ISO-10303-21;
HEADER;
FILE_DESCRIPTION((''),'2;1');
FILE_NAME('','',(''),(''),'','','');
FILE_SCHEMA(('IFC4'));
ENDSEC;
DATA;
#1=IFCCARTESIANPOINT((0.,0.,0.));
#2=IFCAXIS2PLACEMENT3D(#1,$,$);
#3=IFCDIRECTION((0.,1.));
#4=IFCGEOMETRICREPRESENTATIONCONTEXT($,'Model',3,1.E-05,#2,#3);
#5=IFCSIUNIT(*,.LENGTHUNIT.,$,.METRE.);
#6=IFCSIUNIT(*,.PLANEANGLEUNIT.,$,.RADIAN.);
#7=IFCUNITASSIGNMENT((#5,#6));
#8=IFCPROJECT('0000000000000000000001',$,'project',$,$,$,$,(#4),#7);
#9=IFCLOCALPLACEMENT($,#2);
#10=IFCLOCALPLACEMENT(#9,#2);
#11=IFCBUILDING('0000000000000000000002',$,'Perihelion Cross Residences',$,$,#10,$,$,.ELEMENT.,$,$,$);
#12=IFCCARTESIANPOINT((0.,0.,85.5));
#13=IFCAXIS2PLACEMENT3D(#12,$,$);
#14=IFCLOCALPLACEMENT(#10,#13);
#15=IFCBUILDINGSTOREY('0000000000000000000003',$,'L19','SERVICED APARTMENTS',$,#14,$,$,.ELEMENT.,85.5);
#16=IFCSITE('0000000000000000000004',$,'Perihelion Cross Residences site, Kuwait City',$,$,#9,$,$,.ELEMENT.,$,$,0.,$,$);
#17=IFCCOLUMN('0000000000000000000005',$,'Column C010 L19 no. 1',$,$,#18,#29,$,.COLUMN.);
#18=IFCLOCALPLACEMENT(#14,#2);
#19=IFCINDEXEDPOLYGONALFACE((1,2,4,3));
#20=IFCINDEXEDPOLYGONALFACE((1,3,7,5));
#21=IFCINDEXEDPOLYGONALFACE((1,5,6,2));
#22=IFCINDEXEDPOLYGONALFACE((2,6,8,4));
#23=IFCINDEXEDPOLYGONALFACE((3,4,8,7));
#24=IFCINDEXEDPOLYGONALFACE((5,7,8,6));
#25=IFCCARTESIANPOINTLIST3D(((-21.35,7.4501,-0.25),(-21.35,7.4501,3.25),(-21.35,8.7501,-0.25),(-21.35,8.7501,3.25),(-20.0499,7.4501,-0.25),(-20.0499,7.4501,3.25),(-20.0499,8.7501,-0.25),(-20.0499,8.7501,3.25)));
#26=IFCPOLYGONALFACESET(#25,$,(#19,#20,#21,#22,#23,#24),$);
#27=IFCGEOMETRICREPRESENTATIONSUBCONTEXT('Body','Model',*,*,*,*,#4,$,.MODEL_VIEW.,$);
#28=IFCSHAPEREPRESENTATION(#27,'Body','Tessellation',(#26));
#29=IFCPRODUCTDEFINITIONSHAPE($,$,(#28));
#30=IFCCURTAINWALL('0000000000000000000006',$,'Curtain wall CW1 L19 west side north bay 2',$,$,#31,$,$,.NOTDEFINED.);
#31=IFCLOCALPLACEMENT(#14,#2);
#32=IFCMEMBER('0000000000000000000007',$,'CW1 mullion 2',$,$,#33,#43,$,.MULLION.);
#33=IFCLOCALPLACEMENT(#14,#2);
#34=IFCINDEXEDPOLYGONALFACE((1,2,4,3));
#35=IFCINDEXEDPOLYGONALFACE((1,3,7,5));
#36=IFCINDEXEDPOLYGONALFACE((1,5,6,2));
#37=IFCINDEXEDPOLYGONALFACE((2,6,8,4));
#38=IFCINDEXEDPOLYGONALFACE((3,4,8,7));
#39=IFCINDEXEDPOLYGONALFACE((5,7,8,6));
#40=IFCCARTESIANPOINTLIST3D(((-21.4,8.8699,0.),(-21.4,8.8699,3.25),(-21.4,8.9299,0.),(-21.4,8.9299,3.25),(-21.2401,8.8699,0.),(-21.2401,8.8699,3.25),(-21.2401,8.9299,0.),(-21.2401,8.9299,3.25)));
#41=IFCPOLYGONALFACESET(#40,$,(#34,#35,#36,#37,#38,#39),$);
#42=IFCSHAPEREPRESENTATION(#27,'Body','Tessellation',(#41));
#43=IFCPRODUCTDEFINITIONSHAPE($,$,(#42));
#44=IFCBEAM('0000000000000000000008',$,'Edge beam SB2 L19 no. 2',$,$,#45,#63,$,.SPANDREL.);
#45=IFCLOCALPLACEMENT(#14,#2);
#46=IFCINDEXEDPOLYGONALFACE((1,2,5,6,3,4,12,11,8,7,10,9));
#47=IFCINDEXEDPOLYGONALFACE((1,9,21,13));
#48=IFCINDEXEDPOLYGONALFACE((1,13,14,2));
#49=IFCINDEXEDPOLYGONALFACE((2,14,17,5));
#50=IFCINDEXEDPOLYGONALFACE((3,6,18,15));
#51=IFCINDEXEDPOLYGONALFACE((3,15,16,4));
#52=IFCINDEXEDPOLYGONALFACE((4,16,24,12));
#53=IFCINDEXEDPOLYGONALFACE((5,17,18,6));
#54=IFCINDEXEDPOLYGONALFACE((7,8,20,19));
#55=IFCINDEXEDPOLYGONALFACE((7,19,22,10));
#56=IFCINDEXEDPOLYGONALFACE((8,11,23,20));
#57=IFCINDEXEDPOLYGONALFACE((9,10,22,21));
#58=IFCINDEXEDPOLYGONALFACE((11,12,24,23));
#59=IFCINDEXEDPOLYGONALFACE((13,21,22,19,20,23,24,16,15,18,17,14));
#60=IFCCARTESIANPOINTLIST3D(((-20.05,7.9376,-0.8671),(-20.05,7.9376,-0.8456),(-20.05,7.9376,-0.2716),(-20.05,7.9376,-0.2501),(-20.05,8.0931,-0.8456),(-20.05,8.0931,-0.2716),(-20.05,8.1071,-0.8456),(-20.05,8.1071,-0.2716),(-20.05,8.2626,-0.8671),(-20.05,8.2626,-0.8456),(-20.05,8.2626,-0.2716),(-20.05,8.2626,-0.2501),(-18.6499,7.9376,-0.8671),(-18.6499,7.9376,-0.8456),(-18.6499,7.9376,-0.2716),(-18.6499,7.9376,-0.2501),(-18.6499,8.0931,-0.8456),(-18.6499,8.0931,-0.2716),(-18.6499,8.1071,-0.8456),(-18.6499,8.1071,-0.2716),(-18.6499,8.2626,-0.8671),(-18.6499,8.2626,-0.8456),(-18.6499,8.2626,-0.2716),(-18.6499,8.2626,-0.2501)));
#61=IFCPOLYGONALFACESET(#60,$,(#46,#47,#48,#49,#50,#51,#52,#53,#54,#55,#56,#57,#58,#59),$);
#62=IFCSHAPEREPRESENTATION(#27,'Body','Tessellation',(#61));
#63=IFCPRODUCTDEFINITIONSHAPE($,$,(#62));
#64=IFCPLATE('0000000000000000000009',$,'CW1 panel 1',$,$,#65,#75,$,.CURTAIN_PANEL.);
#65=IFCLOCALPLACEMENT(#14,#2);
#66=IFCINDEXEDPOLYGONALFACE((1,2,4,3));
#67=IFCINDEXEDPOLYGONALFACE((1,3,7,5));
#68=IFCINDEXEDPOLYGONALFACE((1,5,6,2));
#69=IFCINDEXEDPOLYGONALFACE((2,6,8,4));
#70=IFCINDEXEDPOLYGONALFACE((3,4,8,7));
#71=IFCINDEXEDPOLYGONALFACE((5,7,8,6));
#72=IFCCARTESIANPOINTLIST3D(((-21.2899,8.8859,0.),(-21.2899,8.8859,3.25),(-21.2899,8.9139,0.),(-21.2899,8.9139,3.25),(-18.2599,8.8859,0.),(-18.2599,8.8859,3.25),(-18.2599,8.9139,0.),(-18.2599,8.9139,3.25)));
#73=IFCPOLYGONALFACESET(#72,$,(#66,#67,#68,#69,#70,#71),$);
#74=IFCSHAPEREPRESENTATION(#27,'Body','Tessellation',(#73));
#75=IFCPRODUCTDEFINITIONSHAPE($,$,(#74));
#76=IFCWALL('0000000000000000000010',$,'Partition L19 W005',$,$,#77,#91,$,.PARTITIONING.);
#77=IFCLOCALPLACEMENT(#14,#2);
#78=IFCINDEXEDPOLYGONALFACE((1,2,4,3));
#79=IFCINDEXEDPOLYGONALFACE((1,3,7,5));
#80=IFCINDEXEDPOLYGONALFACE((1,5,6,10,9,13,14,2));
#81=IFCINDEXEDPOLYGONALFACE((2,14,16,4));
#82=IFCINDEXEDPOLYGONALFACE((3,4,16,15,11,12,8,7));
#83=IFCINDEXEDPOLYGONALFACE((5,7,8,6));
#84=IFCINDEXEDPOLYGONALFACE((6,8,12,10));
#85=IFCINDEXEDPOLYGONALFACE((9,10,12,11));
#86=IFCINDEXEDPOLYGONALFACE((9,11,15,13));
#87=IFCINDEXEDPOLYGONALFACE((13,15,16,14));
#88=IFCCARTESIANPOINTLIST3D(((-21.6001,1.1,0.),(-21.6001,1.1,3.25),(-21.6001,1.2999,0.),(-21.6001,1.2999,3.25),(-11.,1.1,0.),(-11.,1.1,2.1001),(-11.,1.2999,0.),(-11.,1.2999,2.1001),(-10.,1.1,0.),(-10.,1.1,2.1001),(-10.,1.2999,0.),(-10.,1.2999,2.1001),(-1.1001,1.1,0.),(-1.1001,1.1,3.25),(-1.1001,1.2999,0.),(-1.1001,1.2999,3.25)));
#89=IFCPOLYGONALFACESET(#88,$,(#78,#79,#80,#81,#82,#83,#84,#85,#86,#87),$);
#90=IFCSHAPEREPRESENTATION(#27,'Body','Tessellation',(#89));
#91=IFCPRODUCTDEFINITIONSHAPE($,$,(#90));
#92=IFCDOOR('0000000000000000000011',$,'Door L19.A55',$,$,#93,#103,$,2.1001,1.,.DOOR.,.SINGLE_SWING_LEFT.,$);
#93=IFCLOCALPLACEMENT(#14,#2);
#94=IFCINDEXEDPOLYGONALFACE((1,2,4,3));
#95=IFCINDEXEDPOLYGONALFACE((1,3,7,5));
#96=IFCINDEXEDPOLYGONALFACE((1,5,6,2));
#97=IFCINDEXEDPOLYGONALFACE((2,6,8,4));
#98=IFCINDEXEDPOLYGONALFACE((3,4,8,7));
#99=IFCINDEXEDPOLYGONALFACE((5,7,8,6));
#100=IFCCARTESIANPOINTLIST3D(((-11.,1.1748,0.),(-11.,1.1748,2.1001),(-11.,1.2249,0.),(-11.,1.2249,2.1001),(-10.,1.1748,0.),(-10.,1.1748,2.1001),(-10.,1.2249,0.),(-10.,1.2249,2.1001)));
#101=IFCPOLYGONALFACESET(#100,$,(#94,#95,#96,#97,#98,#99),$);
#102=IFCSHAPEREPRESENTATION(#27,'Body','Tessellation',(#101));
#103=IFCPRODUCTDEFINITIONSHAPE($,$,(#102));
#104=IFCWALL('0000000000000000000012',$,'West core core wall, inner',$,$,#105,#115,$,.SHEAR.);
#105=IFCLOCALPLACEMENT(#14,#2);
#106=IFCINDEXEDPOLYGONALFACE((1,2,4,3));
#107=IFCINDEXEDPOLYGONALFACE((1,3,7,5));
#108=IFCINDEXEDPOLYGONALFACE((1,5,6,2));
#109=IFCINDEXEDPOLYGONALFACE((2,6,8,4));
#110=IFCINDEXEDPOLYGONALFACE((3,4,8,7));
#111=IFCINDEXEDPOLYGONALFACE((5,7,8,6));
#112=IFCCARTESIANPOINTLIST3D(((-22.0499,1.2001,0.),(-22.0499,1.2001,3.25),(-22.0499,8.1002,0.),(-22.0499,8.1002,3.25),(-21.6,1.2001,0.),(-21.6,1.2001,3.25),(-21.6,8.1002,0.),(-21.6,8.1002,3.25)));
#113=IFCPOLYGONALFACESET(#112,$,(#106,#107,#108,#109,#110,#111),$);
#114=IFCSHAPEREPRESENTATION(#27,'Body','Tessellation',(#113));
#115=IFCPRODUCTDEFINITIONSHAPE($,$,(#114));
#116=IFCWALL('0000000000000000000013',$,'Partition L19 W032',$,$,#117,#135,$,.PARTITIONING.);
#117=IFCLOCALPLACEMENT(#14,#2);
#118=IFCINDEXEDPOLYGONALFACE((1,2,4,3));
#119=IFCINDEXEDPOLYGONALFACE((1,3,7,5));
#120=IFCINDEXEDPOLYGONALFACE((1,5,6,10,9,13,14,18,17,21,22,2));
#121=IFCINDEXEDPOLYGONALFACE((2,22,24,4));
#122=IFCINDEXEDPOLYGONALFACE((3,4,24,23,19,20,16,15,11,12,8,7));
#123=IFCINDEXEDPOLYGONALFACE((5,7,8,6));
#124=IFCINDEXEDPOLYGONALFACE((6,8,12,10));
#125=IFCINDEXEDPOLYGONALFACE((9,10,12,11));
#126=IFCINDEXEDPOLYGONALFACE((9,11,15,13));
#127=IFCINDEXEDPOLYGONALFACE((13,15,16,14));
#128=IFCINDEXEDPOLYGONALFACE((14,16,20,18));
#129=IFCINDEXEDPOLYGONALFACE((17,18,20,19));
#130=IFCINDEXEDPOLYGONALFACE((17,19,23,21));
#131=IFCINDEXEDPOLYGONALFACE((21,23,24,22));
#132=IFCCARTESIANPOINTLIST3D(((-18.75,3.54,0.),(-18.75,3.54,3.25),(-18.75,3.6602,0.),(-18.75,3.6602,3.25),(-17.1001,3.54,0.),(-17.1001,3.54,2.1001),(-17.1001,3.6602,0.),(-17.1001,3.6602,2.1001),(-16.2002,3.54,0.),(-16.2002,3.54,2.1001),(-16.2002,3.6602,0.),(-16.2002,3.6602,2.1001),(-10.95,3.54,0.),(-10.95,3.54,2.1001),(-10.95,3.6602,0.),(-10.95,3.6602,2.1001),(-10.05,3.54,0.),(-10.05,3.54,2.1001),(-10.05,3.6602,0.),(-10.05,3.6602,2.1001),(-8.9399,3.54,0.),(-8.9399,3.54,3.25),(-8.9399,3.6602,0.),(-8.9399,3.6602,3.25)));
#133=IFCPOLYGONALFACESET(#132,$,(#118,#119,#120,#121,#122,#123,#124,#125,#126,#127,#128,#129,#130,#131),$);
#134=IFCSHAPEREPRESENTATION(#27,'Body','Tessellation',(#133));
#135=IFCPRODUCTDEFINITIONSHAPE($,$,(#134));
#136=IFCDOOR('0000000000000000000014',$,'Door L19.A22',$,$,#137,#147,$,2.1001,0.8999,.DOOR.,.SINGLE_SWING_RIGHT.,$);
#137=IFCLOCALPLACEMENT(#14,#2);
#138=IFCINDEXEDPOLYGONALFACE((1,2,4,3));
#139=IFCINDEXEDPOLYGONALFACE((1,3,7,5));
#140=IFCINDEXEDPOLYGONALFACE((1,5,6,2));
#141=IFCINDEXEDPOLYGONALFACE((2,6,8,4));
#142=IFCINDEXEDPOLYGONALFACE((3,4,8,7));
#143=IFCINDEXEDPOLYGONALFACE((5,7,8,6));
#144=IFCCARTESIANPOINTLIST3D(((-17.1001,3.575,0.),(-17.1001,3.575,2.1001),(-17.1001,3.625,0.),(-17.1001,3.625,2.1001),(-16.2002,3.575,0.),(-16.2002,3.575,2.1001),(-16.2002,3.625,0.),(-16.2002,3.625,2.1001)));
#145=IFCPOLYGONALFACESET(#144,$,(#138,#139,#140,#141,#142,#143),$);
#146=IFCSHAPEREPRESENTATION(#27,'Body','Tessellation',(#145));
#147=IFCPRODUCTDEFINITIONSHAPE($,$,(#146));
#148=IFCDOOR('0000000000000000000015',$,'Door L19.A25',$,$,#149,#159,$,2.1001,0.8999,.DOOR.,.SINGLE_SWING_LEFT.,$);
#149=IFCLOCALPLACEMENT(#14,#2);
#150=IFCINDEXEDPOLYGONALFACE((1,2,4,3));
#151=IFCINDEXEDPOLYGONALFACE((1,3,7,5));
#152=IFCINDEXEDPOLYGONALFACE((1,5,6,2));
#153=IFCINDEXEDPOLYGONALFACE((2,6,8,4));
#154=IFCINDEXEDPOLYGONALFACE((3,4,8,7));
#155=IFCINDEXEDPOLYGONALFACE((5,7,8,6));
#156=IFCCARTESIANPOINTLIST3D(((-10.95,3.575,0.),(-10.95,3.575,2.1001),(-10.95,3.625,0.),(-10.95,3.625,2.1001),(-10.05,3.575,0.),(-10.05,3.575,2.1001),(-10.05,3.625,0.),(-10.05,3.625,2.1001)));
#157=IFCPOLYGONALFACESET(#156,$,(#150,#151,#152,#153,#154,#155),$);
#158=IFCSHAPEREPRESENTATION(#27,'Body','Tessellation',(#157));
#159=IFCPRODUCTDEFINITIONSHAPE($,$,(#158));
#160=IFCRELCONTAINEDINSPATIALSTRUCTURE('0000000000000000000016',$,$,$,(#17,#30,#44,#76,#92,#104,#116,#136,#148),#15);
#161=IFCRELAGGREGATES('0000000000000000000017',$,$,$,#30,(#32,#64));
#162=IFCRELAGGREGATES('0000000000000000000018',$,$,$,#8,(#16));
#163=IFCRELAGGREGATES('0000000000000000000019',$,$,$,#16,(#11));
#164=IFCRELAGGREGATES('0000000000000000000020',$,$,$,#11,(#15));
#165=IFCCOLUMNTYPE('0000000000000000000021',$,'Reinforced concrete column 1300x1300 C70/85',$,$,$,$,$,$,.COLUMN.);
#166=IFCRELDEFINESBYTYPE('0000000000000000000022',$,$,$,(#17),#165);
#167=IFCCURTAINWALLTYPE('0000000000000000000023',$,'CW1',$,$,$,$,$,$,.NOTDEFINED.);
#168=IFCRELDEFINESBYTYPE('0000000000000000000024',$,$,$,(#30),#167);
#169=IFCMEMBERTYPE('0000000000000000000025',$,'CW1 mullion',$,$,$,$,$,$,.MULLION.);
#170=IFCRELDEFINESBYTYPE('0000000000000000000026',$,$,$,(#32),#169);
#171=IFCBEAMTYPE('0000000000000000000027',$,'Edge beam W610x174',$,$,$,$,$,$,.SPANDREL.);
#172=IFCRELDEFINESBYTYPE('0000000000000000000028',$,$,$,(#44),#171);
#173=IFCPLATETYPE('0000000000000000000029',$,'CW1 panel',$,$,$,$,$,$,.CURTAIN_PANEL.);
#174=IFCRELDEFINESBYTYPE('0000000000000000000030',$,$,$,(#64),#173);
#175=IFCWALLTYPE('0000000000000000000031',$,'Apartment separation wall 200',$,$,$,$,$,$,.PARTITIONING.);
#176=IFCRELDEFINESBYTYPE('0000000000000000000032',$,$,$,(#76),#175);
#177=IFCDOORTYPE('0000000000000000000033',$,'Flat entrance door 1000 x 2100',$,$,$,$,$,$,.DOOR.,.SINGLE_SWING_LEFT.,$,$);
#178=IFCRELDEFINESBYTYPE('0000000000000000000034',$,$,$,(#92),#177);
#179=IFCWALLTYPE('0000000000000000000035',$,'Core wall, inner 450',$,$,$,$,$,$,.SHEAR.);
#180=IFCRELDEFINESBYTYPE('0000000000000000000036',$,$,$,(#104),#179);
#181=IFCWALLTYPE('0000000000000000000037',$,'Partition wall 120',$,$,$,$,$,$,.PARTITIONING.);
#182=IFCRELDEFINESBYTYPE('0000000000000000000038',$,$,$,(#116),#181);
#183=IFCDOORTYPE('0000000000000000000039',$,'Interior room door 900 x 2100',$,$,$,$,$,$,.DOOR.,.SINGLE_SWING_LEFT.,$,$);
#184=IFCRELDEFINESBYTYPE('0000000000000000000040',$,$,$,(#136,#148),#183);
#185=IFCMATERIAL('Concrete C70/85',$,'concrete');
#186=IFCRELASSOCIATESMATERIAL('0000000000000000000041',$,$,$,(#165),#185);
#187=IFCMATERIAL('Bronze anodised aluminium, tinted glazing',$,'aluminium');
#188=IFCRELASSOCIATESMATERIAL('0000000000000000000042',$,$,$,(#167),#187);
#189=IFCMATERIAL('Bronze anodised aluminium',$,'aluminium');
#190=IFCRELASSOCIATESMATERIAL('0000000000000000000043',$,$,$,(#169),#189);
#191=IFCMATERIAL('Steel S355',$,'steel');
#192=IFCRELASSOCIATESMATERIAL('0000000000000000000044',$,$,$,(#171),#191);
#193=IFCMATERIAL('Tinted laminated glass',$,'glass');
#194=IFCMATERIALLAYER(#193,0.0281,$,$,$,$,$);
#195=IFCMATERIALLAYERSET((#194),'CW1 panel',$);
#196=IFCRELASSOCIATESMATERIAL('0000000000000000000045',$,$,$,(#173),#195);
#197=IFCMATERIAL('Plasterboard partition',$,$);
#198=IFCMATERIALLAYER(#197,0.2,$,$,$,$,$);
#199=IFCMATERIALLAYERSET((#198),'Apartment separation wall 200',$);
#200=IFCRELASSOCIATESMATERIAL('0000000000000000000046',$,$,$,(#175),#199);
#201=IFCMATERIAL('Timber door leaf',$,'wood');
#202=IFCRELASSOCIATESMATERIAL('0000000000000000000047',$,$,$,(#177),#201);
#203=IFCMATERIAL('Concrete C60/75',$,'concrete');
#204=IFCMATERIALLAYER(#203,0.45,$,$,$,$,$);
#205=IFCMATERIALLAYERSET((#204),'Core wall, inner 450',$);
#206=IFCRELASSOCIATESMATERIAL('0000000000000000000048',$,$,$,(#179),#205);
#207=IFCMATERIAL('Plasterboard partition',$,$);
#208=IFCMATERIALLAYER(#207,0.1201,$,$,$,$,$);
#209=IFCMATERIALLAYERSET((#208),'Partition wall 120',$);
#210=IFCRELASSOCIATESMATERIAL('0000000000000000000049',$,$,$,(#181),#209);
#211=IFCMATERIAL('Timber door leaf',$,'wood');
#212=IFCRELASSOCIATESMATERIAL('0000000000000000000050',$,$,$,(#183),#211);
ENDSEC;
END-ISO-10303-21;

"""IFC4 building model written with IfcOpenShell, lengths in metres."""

from ifc_helpers import new_model, si_unit, direction, frame, frame_2d, origin, origin_2d, place, context, subcontext, project, spatial, rectangle, i_section, extrude, material, layer, layer_set, material_profile, profile_set, type_object, element, fill, aggregate, save


model = new_model("IFC4")

# Units and contexts
model_context = context("Model", 3, precision=1e-05, world=origin(), true_north=direction((0.0, 1.0)))
body_context = subcontext(model_context, "Body", "Model", "MODEL_VIEW")
ifc_project = project(units=[si_unit("LENGTHUNIT", "METRE"), si_unit("PLANEANGLEUNIT", "RADIAN")], contexts=[model_context])

# Site, building, storey
site_placement = place(None, origin())
site = spatial("IfcSite", under=ifc_project, at=site_placement, Name="Perihelion Cross Residences site, Kuwait City", CompositionType="ELEMENT", RefElevation=0.0)
building_placement = place(site_placement, origin())
building = spatial("IfcBuilding", under=site, at=building_placement, Name="Perihelion Cross Residences", CompositionType="ELEMENT")
storey_placement = place(building_placement, frame((0.0, 0.0, 85.5)))
storey = spatial("IfcBuildingStorey", under=building, at=storey_placement, Name="L19", Description="SERVICED APARTMENTS", CompositionType="ELEMENT", Elevation=85.5)

# Column
ifc_material_1 = material(Name="Concrete C70/85", Category="concrete")
ifc_material_profile_1 = material_profile(ifc_material_1, rectangle(XDim=1.3, YDim=1.3, at=origin_2d()), Name="RC 1300x1300")
ifc_profile_set_1 = profile_set([ifc_material_profile_1], Name="Concrete C70/85")
column_type = type_object("IfcColumnType", Name="Reinforced concrete column 1300x1300 C70/85", PredefinedType="COLUMN", material=ifc_profile_set_1)
column_placement = place(storey_placement, frame((-20.7, 8.1001, -0.25), z_axis=(0.0, 0.0, 1.0), x_axis=(1.0, 0.0, 0.0)))
element("IfcColumn", 1, at=column_placement, inside=storey, type_object=column_type, Name="Column C010 L19 no. 1", PredefinedType="COLUMN", context=body_context, shape_type="SweptSolid", body=[
    extrude(rectangle(XDim=1.3, YDim=1.3, at=origin_2d()), origin(), (0.0, 0.0, 1.0), 3.5),
])

# Curtain wall, member
ifc_material_2 = material(Name="Bronze anodised aluminium, tinted glazing", Category="aluminium")
curtain_wall_type = type_object("IfcCurtainWallType", Name="CW1", PredefinedType="NOTDEFINED", material=ifc_material_2)
curtain_wall_placement = place(storey_placement, origin())
curtain_wall = element("IfcCurtainWall", 2, at=curtain_wall_placement, inside=storey, type_object=curtain_wall_type, Name="Curtain wall CW1 L19 west side north bay 2", PredefinedType="NOTDEFINED")
ifc_material_3 = material(Name="Bronze anodised aluminium", Category="aluminium")
ifc_material_profile_2 = material_profile(ifc_material_3, rectangle(XDim=0.0601, YDim=0.1599, at=origin_2d()), Name="CW1 mullion")
ifc_profile_set_2 = profile_set([ifc_material_profile_2], Name="Bronze anodised aluminium")
member_type = type_object("IfcMemberType", Name="CW1 mullion", PredefinedType="MULLION", material=ifc_profile_set_2)
member_placement = place(storey_placement, frame((-21.3201, 8.8999, 0.0), z_axis=(0.0, 0.0, 1.0), x_axis=(0.0, -1.0, 0.0)))
member = element("IfcMember", 3, at=member_placement, type_object=member_type, Name="CW1 mullion 2", PredefinedType="MULLION", context=body_context, shape_type="SweptSolid", body=[
    extrude(rectangle(XDim=0.0601, YDim=0.1599, at=origin_2d()), origin(), (0.0, 0.0, 1.0), 3.25),
])

# Beam
ifc_material_4 = material(Name="Steel S355", Category="steel")
ifc_material_profile_3 = material_profile(ifc_material_4, i_section(OverallWidth=0.325, OverallDepth=0.6169, WebThickness=0.0139, FlangeThickness=0.0215, at=origin_2d()), Name="W610x174")
ifc_profile_set_3 = profile_set([ifc_material_profile_3], Name="Steel S355")
beam_type = type_object("IfcBeamType", Name="Edge beam W610x174", PredefinedType="SPANDREL", material=ifc_profile_set_3)
beam_placement = place(storey_placement, frame((-18.6499, 8.1001, -0.5586), z_axis=(-1.0, 0.0, 0.0), x_axis=(0.0, -1.0, 0.0)))
element("IfcBeam", 4, at=beam_placement, inside=storey, type_object=beam_type, Name="Edge beam SB2 L19 no. 2", PredefinedType="SPANDREL", context=body_context, shape_type="SweptSolid", body=[
    extrude(i_section(OverallWidth=0.325, OverallDepth=0.6169, WebThickness=0.0139, FlangeThickness=0.0215, at=origin_2d()), origin(), (0.0, 0.0, 1.0), 1.4001),
])

# Plate
ifc_material_5 = material(Name="Tinted laminated glass", Category="glass")
ifc_layer_1 = layer(ifc_material_5, 0.0281)
ifc_layer_set_1 = layer_set([ifc_layer_1], Name="CW1 panel")
plate_type = type_object("IfcPlateType", Name="CW1 panel", PredefinedType="CURTAIN_PANEL", material=ifc_layer_set_1)
plate_placement = place(storey_placement, frame((-19.7749, 8.8999, 0.0), z_axis=(0.0, 0.0, 1.0), x_axis=(-1.0, 0.0, 0.0)))
plate = element("IfcPlate", 5, at=plate_placement, type_object=plate_type, Name="CW1 panel 1", PredefinedType="CURTAIN_PANEL", context=body_context, shape_type="SweptSolid", body=[
    extrude(rectangle(XDim=3.03, YDim=0.0281, at=origin_2d()), origin(), (0.0, 0.0, 1.0), 3.25),
])
aggregate(curtain_wall, [member, plate])

# Wall, opening, door
ifc_material_6 = material(Name="Plasterboard partition")
ifc_layer_2 = layer(ifc_material_6, 0.2)
ifc_layer_set_2 = layer_set([ifc_layer_2], Name="Apartment separation wall 200")
wall_type_1 = type_object("IfcWallType", Name="Apartment separation wall 200", PredefinedType="PARTITIONING", material=ifc_layer_set_2)
wall_1_placement = place(storey_placement, frame((-21.6001, 1.2, 0.0), z_axis=(0.0, 0.0, 1.0), x_axis=(1.0, 0.0, 0.0)))
wall_1 = element("IfcWall", 6, at=wall_1_placement, inside=storey, type_object=wall_type_1, Name="Partition L19 W005", PredefinedType="PARTITIONING", context=body_context, shape_type="SweptSolid", body=[
    extrude(rectangle(XDim=20.5, YDim=0.2, at=frame_2d((10.25, 0.0))), origin(), (0.0, 0.0, 1.0), 3.25),
])
opening_1_placement = place(wall_1_placement, frame((10.6001, 0.0, 0.0)))
opening_1 = element("IfcOpeningElement", 7, at=opening_1_placement, cuts=wall_1, PredefinedType="OPENING", context=body_context, shape_type="SweptSolid", body=[
    extrude(rectangle(XDim=1.0, YDim=2.1001, at=frame_2d((0.5, 1.05))), frame((0.0, 0.1099, 0.0), z_axis=(0.0, -1.0, 0.0), x_axis=(1.0, 0.0, 0.0)), (0.0, 0.0, 1.0), 0.22),
])
ifc_material_7 = material(Name="Timber door leaf", Category="wood")
door_type_1 = type_object("IfcDoorType", Name="Flat entrance door 1000 x 2100", OperationType="SINGLE_SWING_LEFT", PredefinedType="DOOR", material=ifc_material_7)
door_1_placement = place(opening_1_placement, origin())
door_1 = element("IfcDoor", 8, at=door_1_placement, inside=storey, type_object=door_type_1, Name="Door L19.A55", OperationType="SINGLE_SWING_LEFT", OverallHeight=2.1001, OverallWidth=1.0, PredefinedType="DOOR", context=body_context, shape_type="SweptSolid", body=[
    extrude(rectangle(XDim=1.0, YDim=2.1001, at=frame_2d((0.5, 1.05))), frame((0.0, 0.0249, 0.0), z_axis=(0.0, -1.0, 0.0), x_axis=(1.0, 0.0, 0.0)), (0.0, 0.0, 1.0), 0.05),
])
fill(opening_1, door_1)

# Wall
ifc_material_8 = material(Name="Concrete C60/75", Category="concrete")
ifc_layer_3 = layer(ifc_material_8, 0.45)
ifc_layer_set_3 = layer_set([ifc_layer_3], Name="Core wall, inner 450")
wall_type_2 = type_object("IfcWallType", Name="Core wall, inner 450", PredefinedType="SHEAR", material=ifc_layer_set_3)
wall_2_placement = place(storey_placement, frame((-21.825, 1.2, 0.0), z_axis=(0.0, 0.0, 1.0), x_axis=(0.0, 1.0, 0.0)))
element("IfcWall", 9, at=wall_2_placement, inside=storey, type_object=wall_type_2, Name="West core core wall, inner", PredefinedType="SHEAR", context=body_context, shape_type="SweptSolid", body=[
    extrude(rectangle(XDim=6.9001, YDim=0.45, at=frame_2d((3.4502, 0.0))), origin(), (0.0, 0.0, 1.0), 3.25),
])

# Wall, openings, doors
ifc_material_9 = material(Name="Plasterboard partition")
ifc_layer_4 = layer(ifc_material_9, 0.1201)
ifc_layer_set_4 = layer_set([ifc_layer_4], Name="Partition wall 120")
wall_type_3 = type_object("IfcWallType", Name="Partition wall 120", PredefinedType="PARTITIONING", material=ifc_layer_set_4)
wall_3_placement = place(storey_placement, frame((-18.75, 3.6001, 0.0), z_axis=(0.0, 0.0, 1.0), x_axis=(1.0, 0.0, 0.0)))
wall_3 = element("IfcWall", 10, at=wall_3_placement, inside=storey, type_object=wall_type_3, Name="Partition L19 W032", PredefinedType="PARTITIONING", context=body_context, shape_type="SweptSolid", body=[
    extrude(rectangle(XDim=9.8101, YDim=0.1201, at=frame_2d((4.905, 0.0))), origin(), (0.0, 0.0, 1.0), 3.25),
])
opening_2_placement = place(wall_3_placement, frame((1.6499, 0.0, 0.0)))
opening_2 = element("IfcOpeningElement", 11, at=opening_2_placement, cuts=wall_3, PredefinedType="OPENING", context=body_context, shape_type="SweptSolid", body=[
    extrude(rectangle(XDim=0.8999, YDim=2.1001, at=frame_2d((0.45, 1.05))), frame((0.0, 0.0701, 0.0), z_axis=(0.0, -1.0, 0.0), x_axis=(1.0, 0.0, 0.0)), (0.0, 0.0, 1.0), 0.1401),
])
opening_3_placement = place(wall_3_placement, frame((7.8, 0.0, 0.0)))
opening_3 = element("IfcOpeningElement", 12, at=opening_3_placement, cuts=wall_3, PredefinedType="OPENING", context=body_context, shape_type="SweptSolid", body=[
    extrude(rectangle(XDim=0.8999, YDim=2.1001, at=frame_2d((0.45, 1.05))), frame((0.0, 0.0701, 0.0), z_axis=(0.0, -1.0, 0.0), x_axis=(1.0, 0.0, 0.0)), (0.0, 0.0, 1.0), 0.1401),
])
ifc_material_10 = material(Name="Timber door leaf", Category="wood")
door_type_2 = type_object("IfcDoorType", Name="Interior room door 900 x 2100", OperationType="SINGLE_SWING_LEFT", PredefinedType="DOOR", material=ifc_material_10)
door_2_placement = place(opening_2_placement, origin())
door_2 = element("IfcDoor", 13, at=door_2_placement, inside=storey, type_object=door_type_2, Name="Door L19.A22", OperationType="SINGLE_SWING_RIGHT", OverallHeight=2.1001, OverallWidth=0.8999, PredefinedType="DOOR", context=body_context, shape_type="SweptSolid", body=[
    extrude(rectangle(XDim=0.8999, YDim=2.1001, at=frame_2d((0.45, 1.05))), frame((0.0, 0.0249, 0.0), z_axis=(0.0, -1.0, 0.0), x_axis=(1.0, 0.0, 0.0)), (0.0, 0.0, 1.0), 0.05),
])
fill(opening_2, door_2)
door_3_placement = place(opening_3_placement, origin())
door_3 = element("IfcDoor", 14, at=door_3_placement, inside=storey, type_object=door_type_2, Name="Door L19.A25", OperationType="SINGLE_SWING_LEFT", OverallHeight=2.1001, OverallWidth=0.8999, PredefinedType="DOOR", context=body_context, shape_type="SweptSolid", body=[
    extrude(rectangle(XDim=0.8999, YDim=2.1001, at=frame_2d((0.45, 1.05))), frame((0.0, 0.0249, 0.0), z_axis=(0.0, -1.0, 0.0), x_axis=(1.0, 0.0, 0.0)), (0.0, 0.0, 1.0), 0.05),
])
fill(opening_3, door_3)

save(model, "model.ifc")
